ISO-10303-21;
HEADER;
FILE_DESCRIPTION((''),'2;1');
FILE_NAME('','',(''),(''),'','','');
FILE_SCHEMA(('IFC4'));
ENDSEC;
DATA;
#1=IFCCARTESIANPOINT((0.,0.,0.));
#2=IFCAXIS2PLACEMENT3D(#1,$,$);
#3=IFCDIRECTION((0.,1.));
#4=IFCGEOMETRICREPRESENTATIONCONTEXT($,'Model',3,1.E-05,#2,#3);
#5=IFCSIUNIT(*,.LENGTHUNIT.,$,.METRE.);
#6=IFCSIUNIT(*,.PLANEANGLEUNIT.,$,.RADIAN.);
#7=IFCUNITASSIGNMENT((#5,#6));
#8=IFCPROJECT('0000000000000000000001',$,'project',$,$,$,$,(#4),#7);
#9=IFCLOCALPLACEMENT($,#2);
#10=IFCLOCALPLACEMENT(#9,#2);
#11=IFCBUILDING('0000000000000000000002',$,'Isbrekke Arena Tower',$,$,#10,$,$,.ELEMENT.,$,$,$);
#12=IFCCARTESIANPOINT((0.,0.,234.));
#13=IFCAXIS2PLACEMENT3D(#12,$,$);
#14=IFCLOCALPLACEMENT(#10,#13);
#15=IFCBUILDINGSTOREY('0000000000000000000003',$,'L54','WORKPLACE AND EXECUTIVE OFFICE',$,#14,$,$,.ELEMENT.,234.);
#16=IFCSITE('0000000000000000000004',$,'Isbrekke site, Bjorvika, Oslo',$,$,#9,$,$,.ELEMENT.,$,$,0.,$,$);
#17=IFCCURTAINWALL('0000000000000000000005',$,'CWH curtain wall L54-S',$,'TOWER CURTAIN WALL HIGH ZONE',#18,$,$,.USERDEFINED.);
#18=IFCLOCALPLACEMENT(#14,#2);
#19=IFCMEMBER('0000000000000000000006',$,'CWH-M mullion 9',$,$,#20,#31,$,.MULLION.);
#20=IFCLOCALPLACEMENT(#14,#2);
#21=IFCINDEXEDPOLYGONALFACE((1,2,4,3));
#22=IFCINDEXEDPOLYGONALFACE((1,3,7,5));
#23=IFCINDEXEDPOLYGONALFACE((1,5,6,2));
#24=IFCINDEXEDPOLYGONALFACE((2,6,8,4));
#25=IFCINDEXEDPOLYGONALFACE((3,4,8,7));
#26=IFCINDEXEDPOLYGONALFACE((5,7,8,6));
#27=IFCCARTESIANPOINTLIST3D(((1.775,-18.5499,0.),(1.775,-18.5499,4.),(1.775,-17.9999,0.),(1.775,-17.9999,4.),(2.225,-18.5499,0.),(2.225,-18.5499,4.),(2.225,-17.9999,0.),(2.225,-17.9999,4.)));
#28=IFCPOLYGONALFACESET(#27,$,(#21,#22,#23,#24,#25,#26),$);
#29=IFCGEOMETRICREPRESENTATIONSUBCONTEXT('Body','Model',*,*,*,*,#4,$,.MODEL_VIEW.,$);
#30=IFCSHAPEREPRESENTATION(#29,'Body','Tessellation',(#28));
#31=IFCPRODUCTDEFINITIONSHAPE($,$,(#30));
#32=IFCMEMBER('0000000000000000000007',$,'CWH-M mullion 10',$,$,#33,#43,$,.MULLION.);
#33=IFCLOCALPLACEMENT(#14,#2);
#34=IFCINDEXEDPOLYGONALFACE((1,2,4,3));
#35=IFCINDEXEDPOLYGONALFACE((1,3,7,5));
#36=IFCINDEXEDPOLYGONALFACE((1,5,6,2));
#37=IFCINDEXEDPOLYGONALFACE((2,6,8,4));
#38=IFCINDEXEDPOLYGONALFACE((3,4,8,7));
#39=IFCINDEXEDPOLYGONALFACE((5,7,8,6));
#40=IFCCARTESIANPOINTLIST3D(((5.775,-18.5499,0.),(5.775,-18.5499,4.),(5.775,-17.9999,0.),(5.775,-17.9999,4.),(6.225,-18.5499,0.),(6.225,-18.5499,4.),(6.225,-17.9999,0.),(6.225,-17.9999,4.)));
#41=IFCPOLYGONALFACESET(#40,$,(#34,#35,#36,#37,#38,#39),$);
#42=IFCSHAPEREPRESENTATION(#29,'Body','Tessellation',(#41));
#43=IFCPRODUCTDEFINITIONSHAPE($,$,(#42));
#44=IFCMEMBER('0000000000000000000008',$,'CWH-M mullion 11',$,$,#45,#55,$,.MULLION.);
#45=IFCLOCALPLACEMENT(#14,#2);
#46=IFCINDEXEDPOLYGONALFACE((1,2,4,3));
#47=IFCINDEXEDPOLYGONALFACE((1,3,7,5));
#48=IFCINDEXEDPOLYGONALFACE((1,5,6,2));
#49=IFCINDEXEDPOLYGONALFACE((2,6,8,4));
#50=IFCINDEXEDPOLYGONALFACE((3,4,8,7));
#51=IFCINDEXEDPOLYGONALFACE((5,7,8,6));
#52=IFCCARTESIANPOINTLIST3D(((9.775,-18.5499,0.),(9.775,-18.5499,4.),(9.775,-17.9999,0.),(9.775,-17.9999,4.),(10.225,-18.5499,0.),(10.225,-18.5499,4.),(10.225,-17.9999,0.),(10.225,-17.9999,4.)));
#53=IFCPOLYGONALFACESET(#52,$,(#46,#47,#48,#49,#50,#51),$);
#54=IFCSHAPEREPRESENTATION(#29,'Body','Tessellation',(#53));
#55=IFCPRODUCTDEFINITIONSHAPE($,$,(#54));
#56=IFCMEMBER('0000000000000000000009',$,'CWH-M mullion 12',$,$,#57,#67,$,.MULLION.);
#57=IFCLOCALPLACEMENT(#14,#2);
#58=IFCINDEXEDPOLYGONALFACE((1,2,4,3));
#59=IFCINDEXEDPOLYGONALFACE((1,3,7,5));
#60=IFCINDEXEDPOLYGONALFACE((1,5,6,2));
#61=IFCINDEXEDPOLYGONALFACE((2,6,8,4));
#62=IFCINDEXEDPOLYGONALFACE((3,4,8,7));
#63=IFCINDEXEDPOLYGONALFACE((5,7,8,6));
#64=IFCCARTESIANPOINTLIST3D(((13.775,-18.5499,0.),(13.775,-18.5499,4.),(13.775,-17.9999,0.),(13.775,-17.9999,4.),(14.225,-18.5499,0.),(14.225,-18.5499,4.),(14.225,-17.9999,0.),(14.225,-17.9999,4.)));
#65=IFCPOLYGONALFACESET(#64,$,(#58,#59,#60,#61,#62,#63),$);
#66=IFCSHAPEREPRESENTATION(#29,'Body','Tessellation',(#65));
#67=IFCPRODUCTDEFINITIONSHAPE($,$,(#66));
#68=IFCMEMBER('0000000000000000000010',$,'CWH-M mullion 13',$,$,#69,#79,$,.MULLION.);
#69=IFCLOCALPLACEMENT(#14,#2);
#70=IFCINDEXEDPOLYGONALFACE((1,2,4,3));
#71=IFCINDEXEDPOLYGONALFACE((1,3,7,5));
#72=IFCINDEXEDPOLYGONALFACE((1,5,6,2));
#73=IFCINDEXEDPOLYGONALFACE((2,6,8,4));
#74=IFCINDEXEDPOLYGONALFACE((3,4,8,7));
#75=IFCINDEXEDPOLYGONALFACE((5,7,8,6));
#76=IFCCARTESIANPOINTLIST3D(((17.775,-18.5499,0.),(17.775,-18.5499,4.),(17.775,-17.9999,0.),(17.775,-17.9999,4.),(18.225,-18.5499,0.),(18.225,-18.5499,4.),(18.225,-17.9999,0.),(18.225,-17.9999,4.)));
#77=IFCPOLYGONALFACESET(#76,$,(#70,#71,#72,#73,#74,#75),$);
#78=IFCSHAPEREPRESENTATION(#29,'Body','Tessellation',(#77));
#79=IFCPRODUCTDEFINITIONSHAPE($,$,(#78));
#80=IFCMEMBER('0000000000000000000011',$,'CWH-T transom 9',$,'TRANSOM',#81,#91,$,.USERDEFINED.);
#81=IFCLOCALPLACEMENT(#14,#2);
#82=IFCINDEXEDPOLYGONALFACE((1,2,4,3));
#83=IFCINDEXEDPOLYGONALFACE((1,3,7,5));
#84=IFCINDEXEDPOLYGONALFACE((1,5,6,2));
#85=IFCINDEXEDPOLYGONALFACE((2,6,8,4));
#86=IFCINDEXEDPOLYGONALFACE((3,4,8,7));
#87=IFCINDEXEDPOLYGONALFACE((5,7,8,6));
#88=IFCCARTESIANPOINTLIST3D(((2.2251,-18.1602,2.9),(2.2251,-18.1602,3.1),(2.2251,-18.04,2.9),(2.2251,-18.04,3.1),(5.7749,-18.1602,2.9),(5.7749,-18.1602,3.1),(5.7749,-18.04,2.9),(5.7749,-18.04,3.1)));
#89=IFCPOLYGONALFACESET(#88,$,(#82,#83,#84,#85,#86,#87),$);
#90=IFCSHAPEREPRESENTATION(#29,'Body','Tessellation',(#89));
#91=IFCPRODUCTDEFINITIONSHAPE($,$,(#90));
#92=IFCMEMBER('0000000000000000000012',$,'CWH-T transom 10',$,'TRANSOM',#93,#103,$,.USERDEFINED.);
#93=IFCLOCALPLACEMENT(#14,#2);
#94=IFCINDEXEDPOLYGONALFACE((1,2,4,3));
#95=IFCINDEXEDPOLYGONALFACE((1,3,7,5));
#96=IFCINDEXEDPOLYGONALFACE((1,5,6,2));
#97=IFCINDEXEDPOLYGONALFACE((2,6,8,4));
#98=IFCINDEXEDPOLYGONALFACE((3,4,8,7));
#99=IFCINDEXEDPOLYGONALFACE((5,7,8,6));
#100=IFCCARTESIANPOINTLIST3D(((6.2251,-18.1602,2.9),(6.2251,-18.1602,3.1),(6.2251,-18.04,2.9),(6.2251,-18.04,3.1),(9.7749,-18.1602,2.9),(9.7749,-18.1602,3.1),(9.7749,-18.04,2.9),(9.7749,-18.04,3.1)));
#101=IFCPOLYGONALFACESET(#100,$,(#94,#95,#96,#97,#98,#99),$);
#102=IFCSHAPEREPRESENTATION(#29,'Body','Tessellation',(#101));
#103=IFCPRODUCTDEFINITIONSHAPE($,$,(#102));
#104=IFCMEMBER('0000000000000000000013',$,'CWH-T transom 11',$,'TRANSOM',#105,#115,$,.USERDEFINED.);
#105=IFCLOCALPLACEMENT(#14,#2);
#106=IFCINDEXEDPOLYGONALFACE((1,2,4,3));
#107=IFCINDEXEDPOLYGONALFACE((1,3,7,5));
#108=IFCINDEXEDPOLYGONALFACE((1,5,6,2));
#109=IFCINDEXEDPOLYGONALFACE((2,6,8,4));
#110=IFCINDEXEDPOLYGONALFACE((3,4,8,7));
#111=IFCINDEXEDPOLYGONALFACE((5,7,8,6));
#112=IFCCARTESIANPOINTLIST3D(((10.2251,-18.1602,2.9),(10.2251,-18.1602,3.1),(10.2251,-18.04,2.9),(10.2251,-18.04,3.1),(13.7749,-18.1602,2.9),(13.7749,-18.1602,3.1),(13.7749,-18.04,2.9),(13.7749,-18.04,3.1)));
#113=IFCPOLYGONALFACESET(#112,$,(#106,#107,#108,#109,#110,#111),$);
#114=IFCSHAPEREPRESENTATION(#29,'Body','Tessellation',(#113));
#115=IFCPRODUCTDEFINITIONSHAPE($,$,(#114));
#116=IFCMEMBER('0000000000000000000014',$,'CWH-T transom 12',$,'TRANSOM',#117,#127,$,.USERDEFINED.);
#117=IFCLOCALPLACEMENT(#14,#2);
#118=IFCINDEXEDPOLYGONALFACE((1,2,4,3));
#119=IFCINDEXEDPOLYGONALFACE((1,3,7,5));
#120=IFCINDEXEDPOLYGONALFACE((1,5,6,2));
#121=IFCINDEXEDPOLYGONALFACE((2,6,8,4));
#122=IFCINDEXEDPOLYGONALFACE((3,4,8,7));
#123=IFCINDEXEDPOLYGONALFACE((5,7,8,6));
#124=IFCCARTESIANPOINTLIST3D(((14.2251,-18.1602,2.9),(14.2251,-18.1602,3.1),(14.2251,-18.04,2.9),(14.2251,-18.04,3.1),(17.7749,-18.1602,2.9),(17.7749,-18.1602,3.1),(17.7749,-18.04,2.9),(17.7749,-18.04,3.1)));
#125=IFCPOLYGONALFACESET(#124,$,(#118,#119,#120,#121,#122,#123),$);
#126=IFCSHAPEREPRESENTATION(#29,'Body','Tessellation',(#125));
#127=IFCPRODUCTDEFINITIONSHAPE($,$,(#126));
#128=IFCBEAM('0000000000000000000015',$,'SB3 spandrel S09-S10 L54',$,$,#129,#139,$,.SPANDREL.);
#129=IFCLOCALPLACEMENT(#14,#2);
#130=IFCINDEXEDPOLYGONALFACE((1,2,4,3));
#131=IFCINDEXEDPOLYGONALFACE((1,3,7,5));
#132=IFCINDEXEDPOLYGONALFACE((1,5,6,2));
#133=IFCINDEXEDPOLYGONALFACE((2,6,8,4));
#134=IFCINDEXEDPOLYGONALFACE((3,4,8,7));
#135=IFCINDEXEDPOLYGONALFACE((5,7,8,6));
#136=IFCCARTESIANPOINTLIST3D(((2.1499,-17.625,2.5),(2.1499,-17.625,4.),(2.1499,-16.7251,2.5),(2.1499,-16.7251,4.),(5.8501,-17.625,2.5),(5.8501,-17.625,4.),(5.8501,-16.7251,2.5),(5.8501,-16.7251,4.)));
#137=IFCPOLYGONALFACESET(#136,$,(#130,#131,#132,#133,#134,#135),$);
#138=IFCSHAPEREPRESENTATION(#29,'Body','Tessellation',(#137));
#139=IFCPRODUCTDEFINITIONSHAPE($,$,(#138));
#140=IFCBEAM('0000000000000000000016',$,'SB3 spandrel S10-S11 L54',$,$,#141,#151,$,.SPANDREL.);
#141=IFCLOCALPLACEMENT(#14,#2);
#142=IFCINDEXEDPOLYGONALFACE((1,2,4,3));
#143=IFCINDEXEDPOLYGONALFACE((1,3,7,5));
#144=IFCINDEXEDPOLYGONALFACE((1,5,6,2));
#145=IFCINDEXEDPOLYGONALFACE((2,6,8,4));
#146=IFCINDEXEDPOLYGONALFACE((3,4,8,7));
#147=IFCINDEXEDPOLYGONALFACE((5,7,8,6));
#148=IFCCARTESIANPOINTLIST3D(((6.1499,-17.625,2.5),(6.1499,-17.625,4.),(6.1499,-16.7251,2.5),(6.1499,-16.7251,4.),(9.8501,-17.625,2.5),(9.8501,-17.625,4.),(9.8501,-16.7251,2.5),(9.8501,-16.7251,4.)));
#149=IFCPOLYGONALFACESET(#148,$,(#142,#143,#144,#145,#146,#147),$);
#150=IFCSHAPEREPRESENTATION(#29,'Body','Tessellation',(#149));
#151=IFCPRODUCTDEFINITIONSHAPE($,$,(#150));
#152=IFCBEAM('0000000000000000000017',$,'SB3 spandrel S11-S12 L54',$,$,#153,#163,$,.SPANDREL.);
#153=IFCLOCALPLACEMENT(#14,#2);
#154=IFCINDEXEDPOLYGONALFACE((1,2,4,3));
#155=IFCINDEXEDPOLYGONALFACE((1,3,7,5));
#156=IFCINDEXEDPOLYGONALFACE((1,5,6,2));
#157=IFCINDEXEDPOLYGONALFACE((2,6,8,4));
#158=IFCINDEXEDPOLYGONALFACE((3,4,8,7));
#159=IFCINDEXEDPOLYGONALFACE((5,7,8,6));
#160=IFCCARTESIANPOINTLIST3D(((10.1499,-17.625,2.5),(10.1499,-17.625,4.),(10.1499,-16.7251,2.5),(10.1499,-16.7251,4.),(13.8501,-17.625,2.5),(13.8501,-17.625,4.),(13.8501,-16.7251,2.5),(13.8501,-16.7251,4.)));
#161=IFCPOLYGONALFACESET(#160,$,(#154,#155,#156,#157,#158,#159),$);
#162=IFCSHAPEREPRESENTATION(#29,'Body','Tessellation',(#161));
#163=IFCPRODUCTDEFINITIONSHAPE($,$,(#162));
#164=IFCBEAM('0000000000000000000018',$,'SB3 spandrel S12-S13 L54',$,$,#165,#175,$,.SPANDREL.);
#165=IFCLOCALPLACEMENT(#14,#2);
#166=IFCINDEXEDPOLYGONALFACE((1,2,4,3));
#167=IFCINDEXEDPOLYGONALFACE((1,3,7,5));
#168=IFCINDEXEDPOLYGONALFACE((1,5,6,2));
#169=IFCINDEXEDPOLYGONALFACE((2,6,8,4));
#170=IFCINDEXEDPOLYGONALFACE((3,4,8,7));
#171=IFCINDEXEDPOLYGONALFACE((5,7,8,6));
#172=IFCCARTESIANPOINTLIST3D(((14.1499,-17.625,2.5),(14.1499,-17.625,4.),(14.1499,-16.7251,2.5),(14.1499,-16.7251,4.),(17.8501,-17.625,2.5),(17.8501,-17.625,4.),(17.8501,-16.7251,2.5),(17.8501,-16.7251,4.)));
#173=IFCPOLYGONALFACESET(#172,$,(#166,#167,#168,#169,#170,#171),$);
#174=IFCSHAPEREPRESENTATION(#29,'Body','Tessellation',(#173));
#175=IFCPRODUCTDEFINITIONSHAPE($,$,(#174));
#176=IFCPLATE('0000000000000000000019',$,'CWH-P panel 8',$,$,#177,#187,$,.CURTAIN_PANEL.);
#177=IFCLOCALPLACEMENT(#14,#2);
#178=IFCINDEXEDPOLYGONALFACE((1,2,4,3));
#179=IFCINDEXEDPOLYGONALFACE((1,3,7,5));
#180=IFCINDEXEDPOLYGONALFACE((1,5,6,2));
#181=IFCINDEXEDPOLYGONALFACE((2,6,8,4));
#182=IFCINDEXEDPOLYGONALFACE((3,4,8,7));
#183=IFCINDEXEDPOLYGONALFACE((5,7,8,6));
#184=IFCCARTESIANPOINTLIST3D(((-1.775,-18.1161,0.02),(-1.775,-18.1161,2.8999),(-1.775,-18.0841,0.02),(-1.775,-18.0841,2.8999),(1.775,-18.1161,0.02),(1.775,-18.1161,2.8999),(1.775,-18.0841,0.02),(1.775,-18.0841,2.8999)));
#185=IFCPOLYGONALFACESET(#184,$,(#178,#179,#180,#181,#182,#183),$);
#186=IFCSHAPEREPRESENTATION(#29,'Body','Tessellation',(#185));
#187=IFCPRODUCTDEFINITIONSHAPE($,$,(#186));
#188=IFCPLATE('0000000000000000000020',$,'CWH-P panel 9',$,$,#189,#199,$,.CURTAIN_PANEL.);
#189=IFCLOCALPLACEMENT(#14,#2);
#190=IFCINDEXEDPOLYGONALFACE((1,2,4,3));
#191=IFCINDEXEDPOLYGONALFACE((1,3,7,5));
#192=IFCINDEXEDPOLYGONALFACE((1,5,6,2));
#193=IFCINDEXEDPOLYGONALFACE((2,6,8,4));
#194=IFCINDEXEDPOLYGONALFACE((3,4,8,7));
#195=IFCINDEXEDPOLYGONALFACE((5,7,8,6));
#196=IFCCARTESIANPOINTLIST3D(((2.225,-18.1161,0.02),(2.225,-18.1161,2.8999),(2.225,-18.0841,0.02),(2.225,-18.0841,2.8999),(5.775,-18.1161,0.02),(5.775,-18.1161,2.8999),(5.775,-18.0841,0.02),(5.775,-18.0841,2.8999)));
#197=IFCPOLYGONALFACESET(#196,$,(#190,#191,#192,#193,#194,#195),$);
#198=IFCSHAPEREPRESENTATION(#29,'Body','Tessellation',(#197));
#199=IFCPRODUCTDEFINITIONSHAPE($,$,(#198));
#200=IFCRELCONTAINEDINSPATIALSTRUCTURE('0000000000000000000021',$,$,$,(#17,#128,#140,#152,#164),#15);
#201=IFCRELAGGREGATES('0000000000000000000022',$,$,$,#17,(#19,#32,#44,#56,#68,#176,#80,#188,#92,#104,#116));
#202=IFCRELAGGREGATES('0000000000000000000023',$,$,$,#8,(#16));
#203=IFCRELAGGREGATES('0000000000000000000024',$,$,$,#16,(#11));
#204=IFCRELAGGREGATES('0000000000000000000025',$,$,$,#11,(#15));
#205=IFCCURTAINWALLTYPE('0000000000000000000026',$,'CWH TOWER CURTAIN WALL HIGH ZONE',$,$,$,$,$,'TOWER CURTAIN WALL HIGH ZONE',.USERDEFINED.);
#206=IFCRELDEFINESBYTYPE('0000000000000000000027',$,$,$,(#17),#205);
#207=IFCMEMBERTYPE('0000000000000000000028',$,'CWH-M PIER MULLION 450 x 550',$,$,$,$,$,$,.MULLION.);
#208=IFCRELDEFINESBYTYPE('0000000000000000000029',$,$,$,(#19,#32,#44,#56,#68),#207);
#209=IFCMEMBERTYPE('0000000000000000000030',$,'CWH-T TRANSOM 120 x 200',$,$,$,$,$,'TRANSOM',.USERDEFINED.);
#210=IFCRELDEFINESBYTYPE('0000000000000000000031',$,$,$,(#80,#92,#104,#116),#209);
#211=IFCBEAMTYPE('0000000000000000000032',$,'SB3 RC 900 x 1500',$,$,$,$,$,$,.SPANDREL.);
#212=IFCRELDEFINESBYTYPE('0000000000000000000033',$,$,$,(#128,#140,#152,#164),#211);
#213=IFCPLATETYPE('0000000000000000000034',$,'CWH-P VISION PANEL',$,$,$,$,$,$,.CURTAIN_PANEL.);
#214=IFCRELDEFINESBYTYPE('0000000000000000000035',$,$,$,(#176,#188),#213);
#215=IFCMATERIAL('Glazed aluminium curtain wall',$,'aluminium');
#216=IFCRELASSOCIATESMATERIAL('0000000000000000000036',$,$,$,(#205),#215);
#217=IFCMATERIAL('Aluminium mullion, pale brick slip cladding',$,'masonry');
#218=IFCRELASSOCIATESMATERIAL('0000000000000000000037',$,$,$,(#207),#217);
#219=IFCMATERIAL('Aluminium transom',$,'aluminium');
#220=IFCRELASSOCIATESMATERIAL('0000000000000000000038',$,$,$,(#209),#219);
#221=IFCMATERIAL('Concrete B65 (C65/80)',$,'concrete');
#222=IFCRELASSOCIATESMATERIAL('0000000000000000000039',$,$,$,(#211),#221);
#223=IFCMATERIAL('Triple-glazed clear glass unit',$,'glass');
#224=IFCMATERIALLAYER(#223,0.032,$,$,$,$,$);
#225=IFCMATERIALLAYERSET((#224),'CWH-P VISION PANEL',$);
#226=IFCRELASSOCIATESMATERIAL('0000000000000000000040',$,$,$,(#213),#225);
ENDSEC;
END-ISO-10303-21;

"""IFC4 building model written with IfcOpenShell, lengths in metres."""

from ifc_helpers import new_model, si_unit, direction, frame, origin, origin_2d, place, context, subcontext, project, spatial, rectangle, extrude, material, layer, layer_set, material_profile, profile_set, type_object, element, aggregate, save


model = new_model("IFC4")

# Units and contexts
model_context = context("Model", 3, precision=1e-05, world=origin(), true_north=direction((0.0, 1.0)))
body_context = subcontext(model_context, "Body", "Model", "MODEL_VIEW")
ifc_project = project(units=[si_unit("LENGTHUNIT", "METRE"), si_unit("PLANEANGLEUNIT", "RADIAN")], contexts=[model_context])

# Site, building, storey
site_placement = place(None, origin())
site = spatial("IfcSite", under=ifc_project, at=site_placement, Name="Isbrekke site, Bjorvika, Oslo", CompositionType="ELEMENT", RefElevation=0.0)
building_placement = place(site_placement, origin())
building = spatial("IfcBuilding", under=site, at=building_placement, Name="Isbrekke Arena Tower", CompositionType="ELEMENT")
storey_placement = place(building_placement, frame((0.0, 0.0, 234.0)))
storey = spatial("IfcBuildingStorey", under=building, at=storey_placement, Name="L54", Description="WORKPLACE AND EXECUTIVE OFFICE", CompositionType="ELEMENT", Elevation=234.0)

# Curtain wall, members
ifc_material_1 = material(Name="Glazed aluminium curtain wall", Category="aluminium")
curtain_wall_type = type_object("IfcCurtainWallType", Name="CWH TOWER CURTAIN WALL HIGH ZONE", ElementType="TOWER CURTAIN WALL HIGH ZONE", PredefinedType="USERDEFINED", material=ifc_material_1)
curtain_wall_placement = place(storey_placement, origin())
curtain_wall = element("IfcCurtainWall", 1, at=curtain_wall_placement, inside=storey, type_object=curtain_wall_type, Name="CWH curtain wall L54-S", ObjectType="TOWER CURTAIN WALL HIGH ZONE", PredefinedType="USERDEFINED")
ifc_material_2 = material(Name="Aluminium mullion, pale brick slip cladding", Category="masonry")
ifc_material_profile_1 = material_profile(ifc_material_2, rectangle(XDim=0.45, YDim=0.55, at=origin_2d()), Name="PIER 450X550")
ifc_profile_set_1 = profile_set([ifc_material_profile_1], Name="Aluminium mullion, pale brick slip cladding")
member_type_1 = type_object("IfcMemberType", Name="CWH-M PIER MULLION 450 x 550", PredefinedType="MULLION", material=ifc_profile_set_1)
member_1_placement = place(storey_placement, frame((2.0, -18.2749, 0.0), z_axis=(0.0, 0.0, 1.0), x_axis=(1.0, 0.0, 0.0)))
member_1 = element("IfcMember", 2, at=member_1_placement, type_object=member_type_1, Name="CWH-M mullion 9", PredefinedType="MULLION", context=body_context, shape_type="SweptSolid", body=[
    extrude(rectangle(XDim=0.45, YDim=0.55, at=origin_2d()), origin(), (0.0, 0.0, 1.0), 4.0),
])
member_2_placement = place(storey_placement, frame((6.0, -18.2749, 0.0), z_axis=(0.0, 0.0, 1.0), x_axis=(1.0, 0.0, 0.0)))
member_2 = element("IfcMember", 3, at=member_2_placement, type_object=member_type_1, Name="CWH-M mullion 10", PredefinedType="MULLION", context=body_context, shape_type="SweptSolid", body=[
    extrude(rectangle(XDim=0.45, YDim=0.55, at=origin_2d()), origin(), (0.0, 0.0, 1.0), 4.0),
])
member_3_placement = place(storey_placement, frame((10.0, -18.2749, 0.0), z_axis=(0.0, 0.0, 1.0), x_axis=(1.0, 0.0, 0.0)))
member_3 = element("IfcMember", 4, at=member_3_placement, type_object=member_type_1, Name="CWH-M mullion 11", PredefinedType="MULLION", context=body_context, shape_type="SweptSolid", body=[
    extrude(rectangle(XDim=0.45, YDim=0.55, at=origin_2d()), origin(), (0.0, 0.0, 1.0), 4.0),
])
member_4_placement = place(storey_placement, frame((14.0, -18.2749, 0.0), z_axis=(0.0, 0.0, 1.0), x_axis=(1.0, 0.0, 0.0)))
member_4 = element("IfcMember", 5, at=member_4_placement, type_object=member_type_1, Name="CWH-M mullion 12", PredefinedType="MULLION", context=body_context, shape_type="SweptSolid", body=[
    extrude(rectangle(XDim=0.45, YDim=0.55, at=origin_2d()), origin(), (0.0, 0.0, 1.0), 4.0),
])
member_5_placement = place(storey_placement, frame((18.0, -18.2749, 0.0), z_axis=(0.0, 0.0, 1.0), x_axis=(1.0, 0.0, 0.0)))
member_5 = element("IfcMember", 6, at=member_5_placement, type_object=member_type_1, Name="CWH-M mullion 13", PredefinedType="MULLION", context=body_context, shape_type="SweptSolid", body=[
    extrude(rectangle(XDim=0.45, YDim=0.55, at=origin_2d()), origin(), (0.0, 0.0, 1.0), 4.0),
])
ifc_material_3 = material(Name="Aluminium transom", Category="aluminium")
ifc_material_profile_2 = material_profile(ifc_material_3, rectangle(XDim=0.1201, YDim=0.2, at=origin_2d()), Name="TRANSOM 120X200")
ifc_profile_set_2 = profile_set([ifc_material_profile_2], Name="Aluminium transom")
member_type_2 = type_object("IfcMemberType", Name="CWH-T TRANSOM 120 x 200", ElementType="TRANSOM", PredefinedType="USERDEFINED", material=ifc_profile_set_2)
member_6_placement = place(storey_placement, frame((2.2251, -18.1001, 3.0), z_axis=(1.0, 0.0, 0.0), x_axis=(0.0, 1.0, 0.0)))
member_6 = element("IfcMember", 7, at=member_6_placement, type_object=member_type_2, Name="CWH-T transom 9", ObjectType="TRANSOM", PredefinedType="USERDEFINED", context=body_context, shape_type="SweptSolid", body=[
    extrude(rectangle(XDim=0.1201, YDim=0.2, at=origin_2d()), origin(), (0.0, 0.0, 1.0), 3.5498),
])
member_7_placement = place(storey_placement, frame((6.2251, -18.1001, 3.0), z_axis=(1.0, 0.0, 0.0), x_axis=(0.0, 1.0, 0.0)))
member_7 = element("IfcMember", 8, at=member_7_placement, type_object=member_type_2, Name="CWH-T transom 10", ObjectType="TRANSOM", PredefinedType="USERDEFINED", context=body_context, shape_type="SweptSolid", body=[
    extrude(rectangle(XDim=0.1201, YDim=0.2, at=origin_2d()), origin(), (0.0, 0.0, 1.0), 3.5498),
])
member_8_placement = place(storey_placement, frame((10.2251, -18.1001, 3.0), z_axis=(1.0, 0.0, 0.0), x_axis=(0.0, 1.0, 0.0)))
member_8 = element("IfcMember", 9, at=member_8_placement, type_object=member_type_2, Name="CWH-T transom 11", ObjectType="TRANSOM", PredefinedType="USERDEFINED", context=body_context, shape_type="SweptSolid", body=[
    extrude(rectangle(XDim=0.1201, YDim=0.2, at=origin_2d()), origin(), (0.0, 0.0, 1.0), 3.5498),
])
member_9_placement = place(storey_placement, frame((14.2251, -18.1001, 3.0), z_axis=(1.0, 0.0, 0.0), x_axis=(0.0, 1.0, 0.0)))
member_9 = element("IfcMember", 10, at=member_9_placement, type_object=member_type_2, Name="CWH-T transom 12", ObjectType="TRANSOM", PredefinedType="USERDEFINED", context=body_context, shape_type="SweptSolid", body=[
    extrude(rectangle(XDim=0.1201, YDim=0.2, at=origin_2d()), origin(), (0.0, 0.0, 1.0), 3.5498),
])

# Beams
ifc_material_4 = material(Name="Concrete B65 (C65/80)", Category="concrete")
ifc_material_profile_3 = material_profile(ifc_material_4, rectangle(XDim=0.8999, YDim=1.5, at=origin_2d()), Name="RC 900x1500")
ifc_profile_set_3 = profile_set([ifc_material_profile_3], Name="Concrete B65 (C65/80)")
beam_type_1 = type_object("IfcBeamType", Name="SB3 RC 900 x 1500", PredefinedType="SPANDREL", material=ifc_profile_set_3)
for number, where, z_axis, x_axis, name in (
    (11, (2.1499, -17.175, 3.25), (1.0, 0.0, 0.0), (0.0, 1.0, 0.0), "SB3 spandrel S09-S10 L54"),
    (12, (6.1499, -17.175, 3.25), (1.0, 0.0, 0.0), (0.0, 1.0, 0.0), "SB3 spandrel S10-S11 L54"),
    (13, (10.1499, -17.175, 3.25), (1.0, 0.0, 0.0), (0.0, 1.0, 0.0), "SB3 spandrel S11-S12 L54"),
    (14, (14.1499, -17.175, 3.25), (1.0, 0.0, 0.0), (0.0, 1.0, 0.0), "SB3 spandrel S12-S13 L54"),
):
    element("IfcBeam", number, at=place(storey_placement, frame(where, z_axis=z_axis, x_axis=x_axis)), inside=storey, type_object=beam_type_1, Name=name, PredefinedType="SPANDREL", context=body_context, shape_type="SweptSolid", body=[
        extrude(rectangle(XDim=0.8999, YDim=1.5, at=origin_2d()), origin(), (0.0, 0.0, 1.0), 3.7002),
    ])

# Plates
ifc_material_5 = material(Name="Triple-glazed clear glass unit", Category="glass")
ifc_layer = layer(ifc_material_5, 0.032)
ifc_layer_set = layer_set([ifc_layer], Name="CWH-P VISION PANEL")
plate_type = type_object("IfcPlateType", Name="CWH-P VISION PANEL", PredefinedType="CURTAIN_PANEL", material=ifc_layer_set)
plate_1_placement = place(storey_placement, frame((0.0, -18.1001, 0.02), z_axis=(0.0, 0.0, 1.0), x_axis=(1.0, 0.0, 0.0)))
plate_1 = element("IfcPlate", 15, at=plate_1_placement, type_object=plate_type, Name="CWH-P panel 8", PredefinedType="CURTAIN_PANEL", context=body_context, shape_type="SweptSolid", body=[
    extrude(rectangle(XDim=3.55, YDim=0.032, at=origin_2d()), origin(), (0.0, 0.0, 1.0), 2.8799),
])
plate_2_placement = place(storey_placement, frame((4.0, -18.1001, 0.02), z_axis=(0.0, 0.0, 1.0), x_axis=(1.0, 0.0, 0.0)))
plate_2 = element("IfcPlate", 16, at=plate_2_placement, type_object=plate_type, Name="CWH-P panel 9", PredefinedType="CURTAIN_PANEL", context=body_context, shape_type="SweptSolid", body=[
    extrude(rectangle(XDim=3.55, YDim=0.032, at=origin_2d()), origin(), (0.0, 0.0, 1.0), 2.8799),
])
aggregate(curtain_wall, [member_1, member_2, member_3, member_4, member_5, plate_1, member_6, plate_2, member_7, member_8, member_9])

save(model, "model.ifc")
